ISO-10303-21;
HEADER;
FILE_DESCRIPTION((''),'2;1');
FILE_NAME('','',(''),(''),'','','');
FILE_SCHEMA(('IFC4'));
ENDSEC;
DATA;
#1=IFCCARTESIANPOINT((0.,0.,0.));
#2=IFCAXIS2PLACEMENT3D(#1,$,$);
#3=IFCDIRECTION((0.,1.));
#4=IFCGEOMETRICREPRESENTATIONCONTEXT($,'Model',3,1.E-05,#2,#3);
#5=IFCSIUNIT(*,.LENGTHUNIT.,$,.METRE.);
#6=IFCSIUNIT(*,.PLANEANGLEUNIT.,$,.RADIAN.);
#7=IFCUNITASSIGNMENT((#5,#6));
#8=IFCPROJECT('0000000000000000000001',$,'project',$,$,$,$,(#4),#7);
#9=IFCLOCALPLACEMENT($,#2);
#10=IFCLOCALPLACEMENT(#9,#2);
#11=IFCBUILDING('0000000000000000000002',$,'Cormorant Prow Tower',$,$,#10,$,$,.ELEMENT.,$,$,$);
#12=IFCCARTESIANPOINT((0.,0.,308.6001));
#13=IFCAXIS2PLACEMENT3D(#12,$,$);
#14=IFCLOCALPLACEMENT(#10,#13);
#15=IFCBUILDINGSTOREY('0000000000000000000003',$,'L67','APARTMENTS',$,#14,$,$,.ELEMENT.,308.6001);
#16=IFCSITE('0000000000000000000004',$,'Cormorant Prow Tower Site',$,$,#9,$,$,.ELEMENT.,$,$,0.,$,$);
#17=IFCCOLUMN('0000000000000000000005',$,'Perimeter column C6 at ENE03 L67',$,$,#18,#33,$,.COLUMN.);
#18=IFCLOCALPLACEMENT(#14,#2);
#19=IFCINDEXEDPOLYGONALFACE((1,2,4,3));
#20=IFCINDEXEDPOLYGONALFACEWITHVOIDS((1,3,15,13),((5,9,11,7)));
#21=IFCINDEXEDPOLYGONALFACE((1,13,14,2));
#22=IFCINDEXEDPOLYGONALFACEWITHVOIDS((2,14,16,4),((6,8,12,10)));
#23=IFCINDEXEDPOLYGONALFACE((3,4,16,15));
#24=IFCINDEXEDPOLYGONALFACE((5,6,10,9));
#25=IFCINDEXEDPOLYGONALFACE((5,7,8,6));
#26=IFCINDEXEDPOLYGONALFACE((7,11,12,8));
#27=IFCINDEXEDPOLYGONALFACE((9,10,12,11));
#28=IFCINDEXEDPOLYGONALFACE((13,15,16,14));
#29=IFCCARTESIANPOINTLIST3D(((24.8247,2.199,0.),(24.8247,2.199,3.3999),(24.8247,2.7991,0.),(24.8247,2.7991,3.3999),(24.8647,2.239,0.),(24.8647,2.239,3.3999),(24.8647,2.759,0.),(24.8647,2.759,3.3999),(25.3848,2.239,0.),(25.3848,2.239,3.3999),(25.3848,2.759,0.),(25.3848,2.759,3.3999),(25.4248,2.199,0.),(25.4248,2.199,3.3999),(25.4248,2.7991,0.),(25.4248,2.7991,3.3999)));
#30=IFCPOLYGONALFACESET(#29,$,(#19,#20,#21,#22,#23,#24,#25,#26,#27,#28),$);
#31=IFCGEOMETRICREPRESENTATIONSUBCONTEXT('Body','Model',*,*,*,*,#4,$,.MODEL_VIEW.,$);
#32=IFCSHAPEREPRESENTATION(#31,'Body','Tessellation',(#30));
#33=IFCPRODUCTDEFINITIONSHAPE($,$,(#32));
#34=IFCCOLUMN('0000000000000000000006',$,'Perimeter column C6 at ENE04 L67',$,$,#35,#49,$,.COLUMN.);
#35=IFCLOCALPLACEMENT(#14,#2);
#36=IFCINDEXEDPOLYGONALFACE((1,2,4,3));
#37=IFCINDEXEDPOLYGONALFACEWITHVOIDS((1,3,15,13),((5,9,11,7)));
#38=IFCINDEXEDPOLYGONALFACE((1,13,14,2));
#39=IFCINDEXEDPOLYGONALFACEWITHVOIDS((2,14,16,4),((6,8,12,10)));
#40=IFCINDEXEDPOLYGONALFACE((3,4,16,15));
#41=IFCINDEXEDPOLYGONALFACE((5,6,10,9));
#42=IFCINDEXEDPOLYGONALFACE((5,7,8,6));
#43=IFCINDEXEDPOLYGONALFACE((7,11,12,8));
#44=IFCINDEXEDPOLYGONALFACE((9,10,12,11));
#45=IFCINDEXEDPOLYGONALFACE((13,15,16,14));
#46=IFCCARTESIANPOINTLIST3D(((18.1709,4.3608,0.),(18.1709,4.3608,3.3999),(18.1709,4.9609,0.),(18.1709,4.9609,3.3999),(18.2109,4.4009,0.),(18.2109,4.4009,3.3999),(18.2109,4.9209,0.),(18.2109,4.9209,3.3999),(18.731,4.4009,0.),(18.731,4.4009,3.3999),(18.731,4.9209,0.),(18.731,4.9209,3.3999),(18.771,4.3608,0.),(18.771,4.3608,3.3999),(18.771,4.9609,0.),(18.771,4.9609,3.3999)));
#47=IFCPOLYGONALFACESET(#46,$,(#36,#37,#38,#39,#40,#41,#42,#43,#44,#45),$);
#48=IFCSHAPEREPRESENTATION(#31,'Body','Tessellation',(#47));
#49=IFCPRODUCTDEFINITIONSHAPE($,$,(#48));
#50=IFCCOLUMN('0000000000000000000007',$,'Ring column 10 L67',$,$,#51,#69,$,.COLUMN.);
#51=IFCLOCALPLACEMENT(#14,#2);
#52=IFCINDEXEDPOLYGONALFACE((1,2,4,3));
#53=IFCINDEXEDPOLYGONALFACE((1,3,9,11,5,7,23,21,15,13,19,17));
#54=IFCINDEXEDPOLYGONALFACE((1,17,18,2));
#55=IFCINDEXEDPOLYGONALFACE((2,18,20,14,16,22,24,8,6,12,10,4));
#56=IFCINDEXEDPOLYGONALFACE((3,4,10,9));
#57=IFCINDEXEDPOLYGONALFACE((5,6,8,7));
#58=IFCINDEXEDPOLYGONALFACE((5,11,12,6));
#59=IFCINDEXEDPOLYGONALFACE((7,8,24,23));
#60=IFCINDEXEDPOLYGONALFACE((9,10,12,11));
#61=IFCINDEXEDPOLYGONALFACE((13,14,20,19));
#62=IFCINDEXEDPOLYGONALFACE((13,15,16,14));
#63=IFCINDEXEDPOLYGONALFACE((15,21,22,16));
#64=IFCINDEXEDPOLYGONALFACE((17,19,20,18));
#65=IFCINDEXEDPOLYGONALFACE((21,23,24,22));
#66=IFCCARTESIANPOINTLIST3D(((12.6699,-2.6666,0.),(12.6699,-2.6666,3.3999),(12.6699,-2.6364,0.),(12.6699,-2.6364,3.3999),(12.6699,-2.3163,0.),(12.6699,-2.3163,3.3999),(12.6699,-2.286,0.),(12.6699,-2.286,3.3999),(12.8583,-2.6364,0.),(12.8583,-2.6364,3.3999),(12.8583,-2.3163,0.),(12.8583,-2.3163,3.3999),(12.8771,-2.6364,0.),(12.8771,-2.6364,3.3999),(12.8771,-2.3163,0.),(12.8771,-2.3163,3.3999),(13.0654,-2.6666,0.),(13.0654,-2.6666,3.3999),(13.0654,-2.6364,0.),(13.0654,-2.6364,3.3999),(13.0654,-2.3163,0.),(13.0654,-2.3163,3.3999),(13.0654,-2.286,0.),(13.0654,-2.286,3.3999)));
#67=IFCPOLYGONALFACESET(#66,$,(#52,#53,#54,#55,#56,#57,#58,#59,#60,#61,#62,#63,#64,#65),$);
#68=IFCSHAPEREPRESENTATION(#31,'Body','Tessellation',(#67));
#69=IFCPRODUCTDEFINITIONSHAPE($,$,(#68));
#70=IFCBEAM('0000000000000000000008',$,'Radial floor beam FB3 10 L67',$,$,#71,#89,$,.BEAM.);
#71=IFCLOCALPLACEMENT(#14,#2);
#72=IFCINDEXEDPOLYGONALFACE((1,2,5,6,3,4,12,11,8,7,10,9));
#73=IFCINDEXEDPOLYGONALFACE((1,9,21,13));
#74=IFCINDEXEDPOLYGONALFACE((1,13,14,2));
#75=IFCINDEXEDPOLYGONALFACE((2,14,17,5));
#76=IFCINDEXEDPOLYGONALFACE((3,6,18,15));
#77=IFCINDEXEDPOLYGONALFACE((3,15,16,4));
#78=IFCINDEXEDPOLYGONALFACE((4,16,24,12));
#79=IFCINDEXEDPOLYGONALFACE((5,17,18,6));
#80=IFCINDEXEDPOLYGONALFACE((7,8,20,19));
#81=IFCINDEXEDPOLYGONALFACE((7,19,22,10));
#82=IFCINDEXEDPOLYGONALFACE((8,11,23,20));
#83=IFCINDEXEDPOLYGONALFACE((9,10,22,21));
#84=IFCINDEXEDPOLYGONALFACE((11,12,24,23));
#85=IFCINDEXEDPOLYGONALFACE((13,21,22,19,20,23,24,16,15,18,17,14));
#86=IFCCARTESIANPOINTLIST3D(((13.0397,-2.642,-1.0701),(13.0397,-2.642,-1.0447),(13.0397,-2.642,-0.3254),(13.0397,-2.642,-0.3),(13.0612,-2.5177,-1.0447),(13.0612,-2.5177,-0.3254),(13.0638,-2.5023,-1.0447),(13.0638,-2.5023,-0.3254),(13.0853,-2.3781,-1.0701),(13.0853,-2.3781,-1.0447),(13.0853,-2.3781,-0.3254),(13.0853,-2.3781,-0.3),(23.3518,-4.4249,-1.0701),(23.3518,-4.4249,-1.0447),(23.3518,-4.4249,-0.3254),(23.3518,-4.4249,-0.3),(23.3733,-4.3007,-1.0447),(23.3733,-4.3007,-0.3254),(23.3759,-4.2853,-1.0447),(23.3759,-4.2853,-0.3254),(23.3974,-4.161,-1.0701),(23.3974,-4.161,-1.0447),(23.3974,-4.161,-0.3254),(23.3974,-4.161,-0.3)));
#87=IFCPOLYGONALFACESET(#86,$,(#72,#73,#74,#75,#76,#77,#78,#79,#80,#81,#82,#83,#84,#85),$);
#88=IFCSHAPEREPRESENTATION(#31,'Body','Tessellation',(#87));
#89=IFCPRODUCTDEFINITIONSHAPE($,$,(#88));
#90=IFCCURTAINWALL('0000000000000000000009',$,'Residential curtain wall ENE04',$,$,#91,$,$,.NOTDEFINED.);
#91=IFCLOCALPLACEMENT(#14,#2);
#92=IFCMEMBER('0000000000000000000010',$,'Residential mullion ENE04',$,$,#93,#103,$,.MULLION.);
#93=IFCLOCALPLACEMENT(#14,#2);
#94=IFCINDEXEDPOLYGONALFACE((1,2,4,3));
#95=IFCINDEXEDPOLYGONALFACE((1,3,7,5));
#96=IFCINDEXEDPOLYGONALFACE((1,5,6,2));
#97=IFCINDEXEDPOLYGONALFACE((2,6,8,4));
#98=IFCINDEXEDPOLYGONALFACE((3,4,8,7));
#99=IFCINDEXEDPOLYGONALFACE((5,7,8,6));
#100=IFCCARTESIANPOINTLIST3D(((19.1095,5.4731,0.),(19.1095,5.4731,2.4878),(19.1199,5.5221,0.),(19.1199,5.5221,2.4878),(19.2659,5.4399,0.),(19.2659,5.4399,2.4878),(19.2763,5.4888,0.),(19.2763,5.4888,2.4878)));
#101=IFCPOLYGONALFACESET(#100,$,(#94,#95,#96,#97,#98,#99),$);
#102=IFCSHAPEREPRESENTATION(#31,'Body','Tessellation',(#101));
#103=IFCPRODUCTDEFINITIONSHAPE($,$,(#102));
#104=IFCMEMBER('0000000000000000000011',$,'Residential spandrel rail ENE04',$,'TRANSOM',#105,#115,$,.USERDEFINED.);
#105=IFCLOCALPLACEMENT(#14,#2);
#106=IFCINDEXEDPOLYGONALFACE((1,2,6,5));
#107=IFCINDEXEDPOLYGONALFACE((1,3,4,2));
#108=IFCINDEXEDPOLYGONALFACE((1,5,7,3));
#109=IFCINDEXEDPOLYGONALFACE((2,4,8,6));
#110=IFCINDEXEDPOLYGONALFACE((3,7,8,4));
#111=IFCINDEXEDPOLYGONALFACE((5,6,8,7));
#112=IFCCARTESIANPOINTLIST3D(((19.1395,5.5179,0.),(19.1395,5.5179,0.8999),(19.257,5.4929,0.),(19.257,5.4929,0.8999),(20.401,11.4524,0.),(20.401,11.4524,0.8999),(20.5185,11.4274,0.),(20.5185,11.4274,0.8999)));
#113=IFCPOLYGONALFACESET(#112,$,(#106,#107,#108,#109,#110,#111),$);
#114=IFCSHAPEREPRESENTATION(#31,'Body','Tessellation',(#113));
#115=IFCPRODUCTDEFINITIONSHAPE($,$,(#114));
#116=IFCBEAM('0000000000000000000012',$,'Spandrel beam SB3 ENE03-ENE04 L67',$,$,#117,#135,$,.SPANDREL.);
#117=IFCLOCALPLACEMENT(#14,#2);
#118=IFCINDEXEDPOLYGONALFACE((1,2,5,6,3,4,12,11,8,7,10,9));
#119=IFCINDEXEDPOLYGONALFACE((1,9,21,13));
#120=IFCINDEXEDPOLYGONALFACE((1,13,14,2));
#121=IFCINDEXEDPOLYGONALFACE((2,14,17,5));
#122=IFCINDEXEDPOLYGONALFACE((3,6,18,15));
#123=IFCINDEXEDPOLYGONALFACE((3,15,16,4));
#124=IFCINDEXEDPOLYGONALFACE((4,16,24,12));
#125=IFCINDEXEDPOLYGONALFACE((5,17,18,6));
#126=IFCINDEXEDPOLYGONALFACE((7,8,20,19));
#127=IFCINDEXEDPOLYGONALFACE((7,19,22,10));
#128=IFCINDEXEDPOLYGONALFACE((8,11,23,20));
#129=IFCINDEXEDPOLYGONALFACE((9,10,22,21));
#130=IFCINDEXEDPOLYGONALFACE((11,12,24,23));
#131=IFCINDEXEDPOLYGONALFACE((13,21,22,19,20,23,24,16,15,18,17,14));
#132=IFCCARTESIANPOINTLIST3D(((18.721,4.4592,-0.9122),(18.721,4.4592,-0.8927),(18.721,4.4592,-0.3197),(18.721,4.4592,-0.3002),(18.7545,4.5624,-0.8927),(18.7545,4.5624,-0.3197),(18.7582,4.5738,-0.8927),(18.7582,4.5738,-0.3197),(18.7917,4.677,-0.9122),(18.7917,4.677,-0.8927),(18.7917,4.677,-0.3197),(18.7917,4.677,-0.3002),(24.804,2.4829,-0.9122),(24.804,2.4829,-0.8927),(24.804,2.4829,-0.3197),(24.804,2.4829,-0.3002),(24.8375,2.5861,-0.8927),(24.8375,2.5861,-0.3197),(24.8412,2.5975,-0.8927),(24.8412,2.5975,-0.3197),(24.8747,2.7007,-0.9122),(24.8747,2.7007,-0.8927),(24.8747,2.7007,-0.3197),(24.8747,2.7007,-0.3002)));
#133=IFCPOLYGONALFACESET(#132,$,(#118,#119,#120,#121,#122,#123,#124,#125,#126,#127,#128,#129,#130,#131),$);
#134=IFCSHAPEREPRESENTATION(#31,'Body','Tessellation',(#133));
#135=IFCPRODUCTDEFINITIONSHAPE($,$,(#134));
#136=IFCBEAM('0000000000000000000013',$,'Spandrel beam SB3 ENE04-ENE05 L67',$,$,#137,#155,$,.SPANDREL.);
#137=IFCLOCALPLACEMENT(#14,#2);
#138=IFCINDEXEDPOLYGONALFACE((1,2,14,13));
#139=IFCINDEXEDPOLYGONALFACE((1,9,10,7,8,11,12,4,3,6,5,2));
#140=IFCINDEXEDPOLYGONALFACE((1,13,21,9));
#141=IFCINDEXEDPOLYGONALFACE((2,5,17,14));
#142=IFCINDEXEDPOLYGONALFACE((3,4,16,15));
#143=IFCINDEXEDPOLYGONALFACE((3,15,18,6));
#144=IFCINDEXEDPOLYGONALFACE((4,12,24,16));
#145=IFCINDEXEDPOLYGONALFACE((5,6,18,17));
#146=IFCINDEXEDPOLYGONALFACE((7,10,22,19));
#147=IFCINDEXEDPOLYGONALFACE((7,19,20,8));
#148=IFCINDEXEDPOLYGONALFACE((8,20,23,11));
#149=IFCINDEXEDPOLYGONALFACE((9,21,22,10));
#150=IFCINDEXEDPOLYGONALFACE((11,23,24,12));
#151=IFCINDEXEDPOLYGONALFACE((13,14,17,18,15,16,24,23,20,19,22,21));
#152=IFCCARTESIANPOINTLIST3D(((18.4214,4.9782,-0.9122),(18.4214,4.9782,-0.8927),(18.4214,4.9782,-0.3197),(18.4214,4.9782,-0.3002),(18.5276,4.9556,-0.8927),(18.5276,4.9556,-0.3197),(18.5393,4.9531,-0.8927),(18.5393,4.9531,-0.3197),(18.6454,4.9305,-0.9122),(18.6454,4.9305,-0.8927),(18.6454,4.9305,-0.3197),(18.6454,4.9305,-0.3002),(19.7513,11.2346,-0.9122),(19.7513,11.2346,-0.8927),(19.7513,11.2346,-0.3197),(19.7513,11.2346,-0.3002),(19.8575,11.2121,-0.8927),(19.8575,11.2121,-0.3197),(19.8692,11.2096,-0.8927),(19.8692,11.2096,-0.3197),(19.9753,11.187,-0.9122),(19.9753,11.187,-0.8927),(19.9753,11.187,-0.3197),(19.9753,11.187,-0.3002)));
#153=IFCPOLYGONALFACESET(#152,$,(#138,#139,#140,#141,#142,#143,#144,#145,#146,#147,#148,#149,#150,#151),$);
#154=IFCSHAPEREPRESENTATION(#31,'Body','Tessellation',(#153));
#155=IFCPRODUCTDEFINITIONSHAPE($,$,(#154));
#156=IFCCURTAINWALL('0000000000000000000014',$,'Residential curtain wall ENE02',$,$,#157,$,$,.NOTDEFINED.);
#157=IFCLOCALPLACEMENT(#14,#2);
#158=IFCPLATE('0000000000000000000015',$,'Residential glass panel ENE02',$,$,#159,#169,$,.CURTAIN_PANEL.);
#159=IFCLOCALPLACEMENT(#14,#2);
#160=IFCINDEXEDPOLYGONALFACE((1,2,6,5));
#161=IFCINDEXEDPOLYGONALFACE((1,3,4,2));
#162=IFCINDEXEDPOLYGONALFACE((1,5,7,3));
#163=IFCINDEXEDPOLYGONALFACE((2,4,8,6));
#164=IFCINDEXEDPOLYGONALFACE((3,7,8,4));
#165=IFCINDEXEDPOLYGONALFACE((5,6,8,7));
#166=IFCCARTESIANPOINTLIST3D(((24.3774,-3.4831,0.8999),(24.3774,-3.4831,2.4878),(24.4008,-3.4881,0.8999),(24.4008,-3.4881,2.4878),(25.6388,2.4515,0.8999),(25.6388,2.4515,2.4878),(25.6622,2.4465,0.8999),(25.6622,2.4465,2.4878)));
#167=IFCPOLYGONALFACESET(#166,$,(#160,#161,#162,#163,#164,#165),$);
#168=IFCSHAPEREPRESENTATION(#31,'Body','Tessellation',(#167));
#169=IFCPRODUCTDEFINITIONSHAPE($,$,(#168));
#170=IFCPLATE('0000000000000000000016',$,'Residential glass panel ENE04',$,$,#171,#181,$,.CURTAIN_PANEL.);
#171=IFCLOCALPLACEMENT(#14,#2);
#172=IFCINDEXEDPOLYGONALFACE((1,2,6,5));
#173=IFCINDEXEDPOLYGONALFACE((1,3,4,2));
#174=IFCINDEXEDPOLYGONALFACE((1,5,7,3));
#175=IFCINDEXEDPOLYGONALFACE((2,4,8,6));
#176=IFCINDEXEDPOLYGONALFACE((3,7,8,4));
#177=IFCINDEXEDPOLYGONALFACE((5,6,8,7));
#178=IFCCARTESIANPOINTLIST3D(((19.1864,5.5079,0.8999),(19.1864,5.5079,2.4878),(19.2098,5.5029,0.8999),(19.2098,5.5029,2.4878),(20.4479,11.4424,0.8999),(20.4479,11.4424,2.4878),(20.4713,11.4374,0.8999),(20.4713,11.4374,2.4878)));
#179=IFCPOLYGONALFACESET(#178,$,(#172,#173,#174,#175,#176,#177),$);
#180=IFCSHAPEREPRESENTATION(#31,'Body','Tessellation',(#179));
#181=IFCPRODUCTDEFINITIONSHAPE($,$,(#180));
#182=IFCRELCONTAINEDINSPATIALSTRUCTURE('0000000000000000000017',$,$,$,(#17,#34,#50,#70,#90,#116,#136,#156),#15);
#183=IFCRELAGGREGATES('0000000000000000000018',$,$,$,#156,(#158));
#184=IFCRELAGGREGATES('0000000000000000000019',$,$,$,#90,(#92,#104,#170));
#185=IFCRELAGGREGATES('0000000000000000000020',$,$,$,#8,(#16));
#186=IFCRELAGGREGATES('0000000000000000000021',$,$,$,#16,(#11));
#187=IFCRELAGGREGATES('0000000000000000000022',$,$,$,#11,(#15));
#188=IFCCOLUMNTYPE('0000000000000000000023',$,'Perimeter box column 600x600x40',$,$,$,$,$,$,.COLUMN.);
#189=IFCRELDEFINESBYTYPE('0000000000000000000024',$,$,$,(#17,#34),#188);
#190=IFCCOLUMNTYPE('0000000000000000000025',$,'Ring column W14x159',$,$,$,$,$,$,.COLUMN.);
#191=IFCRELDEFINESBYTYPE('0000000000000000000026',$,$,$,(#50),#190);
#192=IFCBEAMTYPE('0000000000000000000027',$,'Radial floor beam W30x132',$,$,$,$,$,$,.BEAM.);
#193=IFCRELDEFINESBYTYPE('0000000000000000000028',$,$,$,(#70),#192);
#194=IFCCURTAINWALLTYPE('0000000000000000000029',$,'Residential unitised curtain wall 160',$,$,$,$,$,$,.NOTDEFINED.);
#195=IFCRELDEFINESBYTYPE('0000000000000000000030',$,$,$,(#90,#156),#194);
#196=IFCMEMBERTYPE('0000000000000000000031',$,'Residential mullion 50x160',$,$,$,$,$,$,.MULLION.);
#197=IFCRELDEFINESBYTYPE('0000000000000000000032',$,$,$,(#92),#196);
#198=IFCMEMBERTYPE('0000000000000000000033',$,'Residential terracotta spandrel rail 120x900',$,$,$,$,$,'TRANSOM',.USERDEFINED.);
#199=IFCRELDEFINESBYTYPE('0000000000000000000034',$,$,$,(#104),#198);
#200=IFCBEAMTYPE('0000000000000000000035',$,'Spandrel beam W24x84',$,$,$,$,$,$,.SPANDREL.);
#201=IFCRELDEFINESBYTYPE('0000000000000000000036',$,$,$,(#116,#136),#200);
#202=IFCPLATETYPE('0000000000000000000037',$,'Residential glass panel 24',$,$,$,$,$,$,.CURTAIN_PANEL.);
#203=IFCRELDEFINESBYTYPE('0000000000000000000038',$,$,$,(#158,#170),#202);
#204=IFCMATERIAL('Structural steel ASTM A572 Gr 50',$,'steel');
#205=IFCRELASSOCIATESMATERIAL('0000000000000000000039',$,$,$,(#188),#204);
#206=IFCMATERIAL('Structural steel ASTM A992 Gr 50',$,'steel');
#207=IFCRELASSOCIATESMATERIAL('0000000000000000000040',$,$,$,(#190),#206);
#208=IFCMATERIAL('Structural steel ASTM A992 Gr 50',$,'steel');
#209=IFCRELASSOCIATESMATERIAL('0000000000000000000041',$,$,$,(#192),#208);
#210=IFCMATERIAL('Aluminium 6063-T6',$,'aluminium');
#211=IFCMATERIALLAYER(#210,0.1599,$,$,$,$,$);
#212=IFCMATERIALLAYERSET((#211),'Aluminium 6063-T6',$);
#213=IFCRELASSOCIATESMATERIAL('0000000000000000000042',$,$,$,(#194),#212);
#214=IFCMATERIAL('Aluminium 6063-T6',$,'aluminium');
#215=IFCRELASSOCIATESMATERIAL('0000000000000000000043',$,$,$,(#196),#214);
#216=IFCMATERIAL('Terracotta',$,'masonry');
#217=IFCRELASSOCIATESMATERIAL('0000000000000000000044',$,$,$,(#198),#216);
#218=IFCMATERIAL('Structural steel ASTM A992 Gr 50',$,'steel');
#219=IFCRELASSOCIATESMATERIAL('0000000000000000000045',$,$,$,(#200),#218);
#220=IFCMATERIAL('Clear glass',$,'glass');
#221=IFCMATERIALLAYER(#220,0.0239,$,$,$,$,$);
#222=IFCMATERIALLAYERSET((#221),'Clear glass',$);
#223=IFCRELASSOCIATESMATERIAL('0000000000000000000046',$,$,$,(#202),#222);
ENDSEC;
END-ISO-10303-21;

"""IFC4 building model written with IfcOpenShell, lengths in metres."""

from ifc_helpers import new_model, si_unit, direction, frame, origin, origin_2d, place, context, subcontext, project, spatial, rectangle, hollow_rectangle, i_section, extrude, material, layer, layer_set, material_profile, profile_set, type_object, element, aggregate, save


model = new_model("IFC4")

# Units and contexts
model_context = context("Model", 3, precision=1e-05, world=origin(), true_north=direction((0.0, 1.0)))
body_context = subcontext(model_context, "Body", "Model", "MODEL_VIEW")
ifc_project = project(units=[si_unit("LENGTHUNIT", "METRE"), si_unit("PLANEANGLEUNIT", "RADIAN")], contexts=[model_context])

# Site, building, storey
site_placement = place(None, origin())
site = spatial("IfcSite", under=ifc_project, at=site_placement, Name="Cormorant Prow Tower Site", CompositionType="ELEMENT", RefElevation=0.0)
building_placement = place(site_placement, origin())
building = spatial("IfcBuilding", under=site, at=building_placement, Name="Cormorant Prow Tower", CompositionType="ELEMENT")
storey_placement = place(building_placement, frame((0.0, 0.0, 308.6001)))
storey = spatial("IfcBuildingStorey", under=building, at=storey_placement, Name="L67", Description="APARTMENTS", CompositionType="ELEMENT", Elevation=308.6001)

# Columns
ifc_material_1 = material(Name="Structural steel ASTM A572 Gr 50", Category="steel")
ifc_material_profile_1 = material_profile(ifc_material_1, hollow_rectangle(XDim=0.6001, YDim=0.6001, WallThickness=0.04, at=origin_2d()), Name="Box 600x600x40")
ifc_profile_set_1 = profile_set([ifc_material_profile_1], Name="Structural steel ASTM A572 Gr 50")
column_type_1 = type_object("IfcColumnType", Name="Perimeter box column 600x600x40", PredefinedType="COLUMN", material=ifc_profile_set_1)
for number, where, z_axis, x_axis, name in (
    (1, (25.1248, 2.499, 0.0), (0.0, 0.0, 1.0), (1.0, 0.0, 0.0), "Perimeter column C6 at ENE03 L67"),
    (2, (18.4709, 4.6609, 0.0), (0.0, 0.0, 1.0), (1.0, 0.0, 0.0), "Perimeter column C6 at ENE04 L67"),
):
    element("IfcColumn", number, at=place(storey_placement, frame(where, z_axis=z_axis, x_axis=x_axis)), inside=storey, type_object=column_type_1, Name=name, PredefinedType="COLUMN", context=body_context, shape_type="SweptSolid", body=[
        extrude(hollow_rectangle(XDim=0.6001, YDim=0.6001, WallThickness=0.04, at=origin_2d()), origin(), (0.0, 0.0, 1.0), 3.3999),
    ])
ifc_material_2 = material(Name="Structural steel ASTM A992 Gr 50", Category="steel")
ifc_material_profile_2 = material_profile(ifc_material_2, i_section(OverallWidth=0.3955, OverallDepth=0.3806, WebThickness=0.0188, FlangeThickness=0.0303, at=origin_2d()), Name="W14x159")
ifc_profile_set_2 = profile_set([ifc_material_profile_2], Name="Structural steel ASTM A992 Gr 50")
column_type_2 = type_object("IfcColumnType", Name="Ring column W14x159", PredefinedType="COLUMN", material=ifc_profile_set_2)
column_placement = place(storey_placement, frame((12.8677, -2.4763, 0.0), z_axis=(0.0, 0.0, 1.0), x_axis=(1.0, 0.0, 0.0)))
element("IfcColumn", 3, at=column_placement, inside=storey, type_object=column_type_2, Name="Ring column 10 L67", PredefinedType="COLUMN", context=body_context, shape_type="SweptSolid", body=[
    extrude(i_section(OverallWidth=0.3955, OverallDepth=0.3806, WebThickness=0.0188, FlangeThickness=0.0303, at=origin_2d()), origin(), (0.0, 0.0, 1.0), 3.3999),
])

# Beam
ifc_material_3 = material(Name="Structural steel ASTM A992 Gr 50", Category="steel")
ifc_material_profile_3 = material_profile(ifc_material_3, i_section(OverallWidth=0.2678, OverallDepth=0.77, WebThickness=0.0156, FlangeThickness=0.0254, at=origin_2d()), Name="W30x132")
ifc_profile_set_3 = profile_set([ifc_material_profile_3], Name="Structural steel ASTM A992 Gr 50")
beam_type_1 = type_object("IfcBeamType", Name="Radial floor beam W30x132", PredefinedType="BEAM", material=ifc_profile_set_3)
beam_1_placement = place(storey_placement, frame((13.0625, -2.51, -0.6851), z_axis=(0.98538, -0.170373, 0.0), x_axis=(0.170373, 0.98538, 0.0)))
element("IfcBeam", 4, at=beam_1_placement, inside=storey, type_object=beam_type_1, Name="Radial floor beam FB3 10 L67", PredefinedType="BEAM", context=body_context, shape_type="SweptSolid", body=[
    extrude(i_section(OverallWidth=0.2678, OverallDepth=0.77, WebThickness=0.0156, FlangeThickness=0.0254, at=origin_2d()), origin(), (0.0, 0.0, 1.0), 10.4651),
])

# Curtain wall, members
ifc_material_4 = material(Name="Aluminium 6063-T6", Category="aluminium")
ifc_layer_1 = layer(ifc_material_4, 0.1599)
ifc_layer_set_1 = layer_set([ifc_layer_1], Name="Aluminium 6063-T6")
curtain_wall_type = type_object("IfcCurtainWallType", Name="Residential unitised curtain wall 160", PredefinedType="NOTDEFINED", material=ifc_layer_set_1)
curtain_wall_1_placement = place(storey_placement, origin())
curtain_wall_1 = element("IfcCurtainWall", 5, at=curtain_wall_1_placement, inside=storey, type_object=curtain_wall_type, Name="Residential curtain wall ENE04", PredefinedType="NOTDEFINED")
ifc_material_5 = material(Name="Aluminium 6063-T6", Category="aluminium")
ifc_material_profile_4 = material_profile(ifc_material_5, rectangle(XDim=0.1599, YDim=0.05, at=origin_2d()), Name="Residential mullion 50x160")
ifc_profile_set_4 = profile_set([ifc_material_profile_4], Name="Aluminium 6063-T6")
member_type_1 = type_object("IfcMemberType", Name="Residential mullion 50x160", PredefinedType="MULLION", material=ifc_profile_set_4)
member_1_placement = place(storey_placement, frame((19.1929, 5.481, 0.0), z_axis=(0.0, 0.0, 1.0), x_axis=(-0.978148, 0.207912, 0.0)))
member_1 = element("IfcMember", 6, at=member_1_placement, type_object=member_type_1, Name="Residential mullion ENE04", PredefinedType="MULLION", context=body_context, shape_type="SweptSolid", body=[
    extrude(rectangle(XDim=0.1599, YDim=0.05, at=origin_2d()), origin(), (0.0, 0.0, 1.0), 2.4878),
])
ifc_material_6 = material(Name="Terracotta", Category="masonry")
ifc_material_profile_5 = material_profile(ifc_material_6, rectangle(XDim=0.1201, YDim=0.8999, at=origin_2d()), Name="Residential terracotta spandrel rail 120x900")
ifc_profile_set_5 = profile_set([ifc_material_profile_5], Name="Terracotta")
member_type_2 = type_object("IfcMemberType", Name="Residential terracotta spandrel rail 120x900", ElementType="TRANSOM", PredefinedType="USERDEFINED", material=ifc_profile_set_5)
member_2_placement = place(storey_placement, frame((19.1982, 5.5054, 0.45), z_axis=(0.207918, 0.978146, 0.0), x_axis=(-0.978146, 0.207918, 0.0)))
member_2 = element("IfcMember", 7, at=member_2_placement, type_object=member_type_2, Name="Residential spandrel rail ENE04", ObjectType="TRANSOM", PredefinedType="USERDEFINED", context=body_context, shape_type="SweptSolid", body=[
    extrude(rectangle(XDim=0.1201, YDim=0.8999, at=origin_2d()), origin(), (0.0, 0.0, 1.0), 6.0671),
])

# Beams
ifc_material_7 = material(Name="Structural steel ASTM A992 Gr 50", Category="steel")
ifc_material_profile_6 = material_profile(ifc_material_7, i_section(OverallWidth=0.229, OverallDepth=0.6121, WebThickness=0.012, FlangeThickness=0.0195, at=origin_2d()), Name="W24x84")
ifc_profile_set_6 = profile_set([ifc_material_profile_6], Name="Structural steel ASTM A992 Gr 50")
beam_type_2 = type_object("IfcBeamType", Name="Spandrel beam W24x84", PredefinedType="SPANDREL", material=ifc_profile_set_6)
beam_2_placement = place(storey_placement, frame((24.8394, 2.5918, -0.6062), z_axis=(-0.951064, 0.308993, 0.0), x_axis=(-0.308993, -0.951064, 0.0)))
element("IfcBeam", 8, at=beam_2_placement, inside=storey, type_object=beam_type_2, Name="Spandrel beam SB3 ENE03-ENE04 L67", PredefinedType="SPANDREL", context=body_context, shape_type="SweptSolid", body=[
    extrude(i_section(OverallWidth=0.229, OverallDepth=0.6121, WebThickness=0.012, FlangeThickness=0.0195, at=origin_2d()), origin(), (0.0, 0.0, 1.0), 6.396),
])
beam_3_placement = place(storey_placement, frame((18.5334, 4.9543, -0.6062), z_axis=(0.207913, 0.978147, 0.0), x_axis=(-0.978147, 0.207913, 0.0)))
element("IfcBeam", 9, at=beam_3_placement, inside=storey, type_object=beam_type_2, Name="Spandrel beam SB3 ENE04-ENE05 L67", PredefinedType="SPANDREL", context=body_context, shape_type="SweptSolid", body=[
    extrude(i_section(OverallWidth=0.229, OverallDepth=0.6121, WebThickness=0.012, FlangeThickness=0.0195, at=origin_2d()), origin(), (0.0, 0.0, 1.0), 6.3962),
])

# Curtain wall, plate
curtain_wall_2_placement = place(storey_placement, origin())
curtain_wall_2 = element("IfcCurtainWall", 10, at=curtain_wall_2_placement, inside=storey, type_object=curtain_wall_type, Name="Residential curtain wall ENE02", PredefinedType="NOTDEFINED")
ifc_material_8 = material(Name="Clear glass", Category="glass")
ifc_layer_2 = layer(ifc_material_8, 0.0239)
ifc_layer_set_2 = layer_set([ifc_layer_2], Name="Clear glass")
plate_type = type_object("IfcPlateType", Name="Residential glass panel 24", PredefinedType="CURTAIN_PANEL", material=ifc_layer_set_2)
plate_1_placement = place(storey_placement, frame((25.0198, -0.5183, 0.8999), z_axis=(0.0, 0.0, 1.0), x_axis=(0.207912, 0.978148, 0.0)))
plate_1 = element("IfcPlate", 11, at=plate_1_placement, type_object=plate_type, Name="Residential glass panel ENE02", PredefinedType="CURTAIN_PANEL", context=body_context, shape_type="SweptSolid", body=[
    extrude(rectangle(XDim=6.0671, YDim=0.0239, at=origin_2d()), origin(), (0.0, 0.0, 1.0), 1.5879),
])
aggregate(curtain_wall_2, [plate_1])

# Plate
plate_2_placement = place(storey_placement, frame((19.8289, 8.4727, 0.8999), z_axis=(0.0, 0.0, 1.0), x_axis=(0.207912, 0.978148, 0.0)))
plate_2 = element("IfcPlate", 12, at=plate_2_placement, type_object=plate_type, Name="Residential glass panel ENE04", PredefinedType="CURTAIN_PANEL", context=body_context, shape_type="SweptSolid", body=[
    extrude(rectangle(XDim=6.0671, YDim=0.0239, at=origin_2d()), origin(), (0.0, 0.0, 1.0), 1.5879),
])
aggregate(curtain_wall_1, [member_1, member_2, plate_2])

save(model, "model.ifc")
